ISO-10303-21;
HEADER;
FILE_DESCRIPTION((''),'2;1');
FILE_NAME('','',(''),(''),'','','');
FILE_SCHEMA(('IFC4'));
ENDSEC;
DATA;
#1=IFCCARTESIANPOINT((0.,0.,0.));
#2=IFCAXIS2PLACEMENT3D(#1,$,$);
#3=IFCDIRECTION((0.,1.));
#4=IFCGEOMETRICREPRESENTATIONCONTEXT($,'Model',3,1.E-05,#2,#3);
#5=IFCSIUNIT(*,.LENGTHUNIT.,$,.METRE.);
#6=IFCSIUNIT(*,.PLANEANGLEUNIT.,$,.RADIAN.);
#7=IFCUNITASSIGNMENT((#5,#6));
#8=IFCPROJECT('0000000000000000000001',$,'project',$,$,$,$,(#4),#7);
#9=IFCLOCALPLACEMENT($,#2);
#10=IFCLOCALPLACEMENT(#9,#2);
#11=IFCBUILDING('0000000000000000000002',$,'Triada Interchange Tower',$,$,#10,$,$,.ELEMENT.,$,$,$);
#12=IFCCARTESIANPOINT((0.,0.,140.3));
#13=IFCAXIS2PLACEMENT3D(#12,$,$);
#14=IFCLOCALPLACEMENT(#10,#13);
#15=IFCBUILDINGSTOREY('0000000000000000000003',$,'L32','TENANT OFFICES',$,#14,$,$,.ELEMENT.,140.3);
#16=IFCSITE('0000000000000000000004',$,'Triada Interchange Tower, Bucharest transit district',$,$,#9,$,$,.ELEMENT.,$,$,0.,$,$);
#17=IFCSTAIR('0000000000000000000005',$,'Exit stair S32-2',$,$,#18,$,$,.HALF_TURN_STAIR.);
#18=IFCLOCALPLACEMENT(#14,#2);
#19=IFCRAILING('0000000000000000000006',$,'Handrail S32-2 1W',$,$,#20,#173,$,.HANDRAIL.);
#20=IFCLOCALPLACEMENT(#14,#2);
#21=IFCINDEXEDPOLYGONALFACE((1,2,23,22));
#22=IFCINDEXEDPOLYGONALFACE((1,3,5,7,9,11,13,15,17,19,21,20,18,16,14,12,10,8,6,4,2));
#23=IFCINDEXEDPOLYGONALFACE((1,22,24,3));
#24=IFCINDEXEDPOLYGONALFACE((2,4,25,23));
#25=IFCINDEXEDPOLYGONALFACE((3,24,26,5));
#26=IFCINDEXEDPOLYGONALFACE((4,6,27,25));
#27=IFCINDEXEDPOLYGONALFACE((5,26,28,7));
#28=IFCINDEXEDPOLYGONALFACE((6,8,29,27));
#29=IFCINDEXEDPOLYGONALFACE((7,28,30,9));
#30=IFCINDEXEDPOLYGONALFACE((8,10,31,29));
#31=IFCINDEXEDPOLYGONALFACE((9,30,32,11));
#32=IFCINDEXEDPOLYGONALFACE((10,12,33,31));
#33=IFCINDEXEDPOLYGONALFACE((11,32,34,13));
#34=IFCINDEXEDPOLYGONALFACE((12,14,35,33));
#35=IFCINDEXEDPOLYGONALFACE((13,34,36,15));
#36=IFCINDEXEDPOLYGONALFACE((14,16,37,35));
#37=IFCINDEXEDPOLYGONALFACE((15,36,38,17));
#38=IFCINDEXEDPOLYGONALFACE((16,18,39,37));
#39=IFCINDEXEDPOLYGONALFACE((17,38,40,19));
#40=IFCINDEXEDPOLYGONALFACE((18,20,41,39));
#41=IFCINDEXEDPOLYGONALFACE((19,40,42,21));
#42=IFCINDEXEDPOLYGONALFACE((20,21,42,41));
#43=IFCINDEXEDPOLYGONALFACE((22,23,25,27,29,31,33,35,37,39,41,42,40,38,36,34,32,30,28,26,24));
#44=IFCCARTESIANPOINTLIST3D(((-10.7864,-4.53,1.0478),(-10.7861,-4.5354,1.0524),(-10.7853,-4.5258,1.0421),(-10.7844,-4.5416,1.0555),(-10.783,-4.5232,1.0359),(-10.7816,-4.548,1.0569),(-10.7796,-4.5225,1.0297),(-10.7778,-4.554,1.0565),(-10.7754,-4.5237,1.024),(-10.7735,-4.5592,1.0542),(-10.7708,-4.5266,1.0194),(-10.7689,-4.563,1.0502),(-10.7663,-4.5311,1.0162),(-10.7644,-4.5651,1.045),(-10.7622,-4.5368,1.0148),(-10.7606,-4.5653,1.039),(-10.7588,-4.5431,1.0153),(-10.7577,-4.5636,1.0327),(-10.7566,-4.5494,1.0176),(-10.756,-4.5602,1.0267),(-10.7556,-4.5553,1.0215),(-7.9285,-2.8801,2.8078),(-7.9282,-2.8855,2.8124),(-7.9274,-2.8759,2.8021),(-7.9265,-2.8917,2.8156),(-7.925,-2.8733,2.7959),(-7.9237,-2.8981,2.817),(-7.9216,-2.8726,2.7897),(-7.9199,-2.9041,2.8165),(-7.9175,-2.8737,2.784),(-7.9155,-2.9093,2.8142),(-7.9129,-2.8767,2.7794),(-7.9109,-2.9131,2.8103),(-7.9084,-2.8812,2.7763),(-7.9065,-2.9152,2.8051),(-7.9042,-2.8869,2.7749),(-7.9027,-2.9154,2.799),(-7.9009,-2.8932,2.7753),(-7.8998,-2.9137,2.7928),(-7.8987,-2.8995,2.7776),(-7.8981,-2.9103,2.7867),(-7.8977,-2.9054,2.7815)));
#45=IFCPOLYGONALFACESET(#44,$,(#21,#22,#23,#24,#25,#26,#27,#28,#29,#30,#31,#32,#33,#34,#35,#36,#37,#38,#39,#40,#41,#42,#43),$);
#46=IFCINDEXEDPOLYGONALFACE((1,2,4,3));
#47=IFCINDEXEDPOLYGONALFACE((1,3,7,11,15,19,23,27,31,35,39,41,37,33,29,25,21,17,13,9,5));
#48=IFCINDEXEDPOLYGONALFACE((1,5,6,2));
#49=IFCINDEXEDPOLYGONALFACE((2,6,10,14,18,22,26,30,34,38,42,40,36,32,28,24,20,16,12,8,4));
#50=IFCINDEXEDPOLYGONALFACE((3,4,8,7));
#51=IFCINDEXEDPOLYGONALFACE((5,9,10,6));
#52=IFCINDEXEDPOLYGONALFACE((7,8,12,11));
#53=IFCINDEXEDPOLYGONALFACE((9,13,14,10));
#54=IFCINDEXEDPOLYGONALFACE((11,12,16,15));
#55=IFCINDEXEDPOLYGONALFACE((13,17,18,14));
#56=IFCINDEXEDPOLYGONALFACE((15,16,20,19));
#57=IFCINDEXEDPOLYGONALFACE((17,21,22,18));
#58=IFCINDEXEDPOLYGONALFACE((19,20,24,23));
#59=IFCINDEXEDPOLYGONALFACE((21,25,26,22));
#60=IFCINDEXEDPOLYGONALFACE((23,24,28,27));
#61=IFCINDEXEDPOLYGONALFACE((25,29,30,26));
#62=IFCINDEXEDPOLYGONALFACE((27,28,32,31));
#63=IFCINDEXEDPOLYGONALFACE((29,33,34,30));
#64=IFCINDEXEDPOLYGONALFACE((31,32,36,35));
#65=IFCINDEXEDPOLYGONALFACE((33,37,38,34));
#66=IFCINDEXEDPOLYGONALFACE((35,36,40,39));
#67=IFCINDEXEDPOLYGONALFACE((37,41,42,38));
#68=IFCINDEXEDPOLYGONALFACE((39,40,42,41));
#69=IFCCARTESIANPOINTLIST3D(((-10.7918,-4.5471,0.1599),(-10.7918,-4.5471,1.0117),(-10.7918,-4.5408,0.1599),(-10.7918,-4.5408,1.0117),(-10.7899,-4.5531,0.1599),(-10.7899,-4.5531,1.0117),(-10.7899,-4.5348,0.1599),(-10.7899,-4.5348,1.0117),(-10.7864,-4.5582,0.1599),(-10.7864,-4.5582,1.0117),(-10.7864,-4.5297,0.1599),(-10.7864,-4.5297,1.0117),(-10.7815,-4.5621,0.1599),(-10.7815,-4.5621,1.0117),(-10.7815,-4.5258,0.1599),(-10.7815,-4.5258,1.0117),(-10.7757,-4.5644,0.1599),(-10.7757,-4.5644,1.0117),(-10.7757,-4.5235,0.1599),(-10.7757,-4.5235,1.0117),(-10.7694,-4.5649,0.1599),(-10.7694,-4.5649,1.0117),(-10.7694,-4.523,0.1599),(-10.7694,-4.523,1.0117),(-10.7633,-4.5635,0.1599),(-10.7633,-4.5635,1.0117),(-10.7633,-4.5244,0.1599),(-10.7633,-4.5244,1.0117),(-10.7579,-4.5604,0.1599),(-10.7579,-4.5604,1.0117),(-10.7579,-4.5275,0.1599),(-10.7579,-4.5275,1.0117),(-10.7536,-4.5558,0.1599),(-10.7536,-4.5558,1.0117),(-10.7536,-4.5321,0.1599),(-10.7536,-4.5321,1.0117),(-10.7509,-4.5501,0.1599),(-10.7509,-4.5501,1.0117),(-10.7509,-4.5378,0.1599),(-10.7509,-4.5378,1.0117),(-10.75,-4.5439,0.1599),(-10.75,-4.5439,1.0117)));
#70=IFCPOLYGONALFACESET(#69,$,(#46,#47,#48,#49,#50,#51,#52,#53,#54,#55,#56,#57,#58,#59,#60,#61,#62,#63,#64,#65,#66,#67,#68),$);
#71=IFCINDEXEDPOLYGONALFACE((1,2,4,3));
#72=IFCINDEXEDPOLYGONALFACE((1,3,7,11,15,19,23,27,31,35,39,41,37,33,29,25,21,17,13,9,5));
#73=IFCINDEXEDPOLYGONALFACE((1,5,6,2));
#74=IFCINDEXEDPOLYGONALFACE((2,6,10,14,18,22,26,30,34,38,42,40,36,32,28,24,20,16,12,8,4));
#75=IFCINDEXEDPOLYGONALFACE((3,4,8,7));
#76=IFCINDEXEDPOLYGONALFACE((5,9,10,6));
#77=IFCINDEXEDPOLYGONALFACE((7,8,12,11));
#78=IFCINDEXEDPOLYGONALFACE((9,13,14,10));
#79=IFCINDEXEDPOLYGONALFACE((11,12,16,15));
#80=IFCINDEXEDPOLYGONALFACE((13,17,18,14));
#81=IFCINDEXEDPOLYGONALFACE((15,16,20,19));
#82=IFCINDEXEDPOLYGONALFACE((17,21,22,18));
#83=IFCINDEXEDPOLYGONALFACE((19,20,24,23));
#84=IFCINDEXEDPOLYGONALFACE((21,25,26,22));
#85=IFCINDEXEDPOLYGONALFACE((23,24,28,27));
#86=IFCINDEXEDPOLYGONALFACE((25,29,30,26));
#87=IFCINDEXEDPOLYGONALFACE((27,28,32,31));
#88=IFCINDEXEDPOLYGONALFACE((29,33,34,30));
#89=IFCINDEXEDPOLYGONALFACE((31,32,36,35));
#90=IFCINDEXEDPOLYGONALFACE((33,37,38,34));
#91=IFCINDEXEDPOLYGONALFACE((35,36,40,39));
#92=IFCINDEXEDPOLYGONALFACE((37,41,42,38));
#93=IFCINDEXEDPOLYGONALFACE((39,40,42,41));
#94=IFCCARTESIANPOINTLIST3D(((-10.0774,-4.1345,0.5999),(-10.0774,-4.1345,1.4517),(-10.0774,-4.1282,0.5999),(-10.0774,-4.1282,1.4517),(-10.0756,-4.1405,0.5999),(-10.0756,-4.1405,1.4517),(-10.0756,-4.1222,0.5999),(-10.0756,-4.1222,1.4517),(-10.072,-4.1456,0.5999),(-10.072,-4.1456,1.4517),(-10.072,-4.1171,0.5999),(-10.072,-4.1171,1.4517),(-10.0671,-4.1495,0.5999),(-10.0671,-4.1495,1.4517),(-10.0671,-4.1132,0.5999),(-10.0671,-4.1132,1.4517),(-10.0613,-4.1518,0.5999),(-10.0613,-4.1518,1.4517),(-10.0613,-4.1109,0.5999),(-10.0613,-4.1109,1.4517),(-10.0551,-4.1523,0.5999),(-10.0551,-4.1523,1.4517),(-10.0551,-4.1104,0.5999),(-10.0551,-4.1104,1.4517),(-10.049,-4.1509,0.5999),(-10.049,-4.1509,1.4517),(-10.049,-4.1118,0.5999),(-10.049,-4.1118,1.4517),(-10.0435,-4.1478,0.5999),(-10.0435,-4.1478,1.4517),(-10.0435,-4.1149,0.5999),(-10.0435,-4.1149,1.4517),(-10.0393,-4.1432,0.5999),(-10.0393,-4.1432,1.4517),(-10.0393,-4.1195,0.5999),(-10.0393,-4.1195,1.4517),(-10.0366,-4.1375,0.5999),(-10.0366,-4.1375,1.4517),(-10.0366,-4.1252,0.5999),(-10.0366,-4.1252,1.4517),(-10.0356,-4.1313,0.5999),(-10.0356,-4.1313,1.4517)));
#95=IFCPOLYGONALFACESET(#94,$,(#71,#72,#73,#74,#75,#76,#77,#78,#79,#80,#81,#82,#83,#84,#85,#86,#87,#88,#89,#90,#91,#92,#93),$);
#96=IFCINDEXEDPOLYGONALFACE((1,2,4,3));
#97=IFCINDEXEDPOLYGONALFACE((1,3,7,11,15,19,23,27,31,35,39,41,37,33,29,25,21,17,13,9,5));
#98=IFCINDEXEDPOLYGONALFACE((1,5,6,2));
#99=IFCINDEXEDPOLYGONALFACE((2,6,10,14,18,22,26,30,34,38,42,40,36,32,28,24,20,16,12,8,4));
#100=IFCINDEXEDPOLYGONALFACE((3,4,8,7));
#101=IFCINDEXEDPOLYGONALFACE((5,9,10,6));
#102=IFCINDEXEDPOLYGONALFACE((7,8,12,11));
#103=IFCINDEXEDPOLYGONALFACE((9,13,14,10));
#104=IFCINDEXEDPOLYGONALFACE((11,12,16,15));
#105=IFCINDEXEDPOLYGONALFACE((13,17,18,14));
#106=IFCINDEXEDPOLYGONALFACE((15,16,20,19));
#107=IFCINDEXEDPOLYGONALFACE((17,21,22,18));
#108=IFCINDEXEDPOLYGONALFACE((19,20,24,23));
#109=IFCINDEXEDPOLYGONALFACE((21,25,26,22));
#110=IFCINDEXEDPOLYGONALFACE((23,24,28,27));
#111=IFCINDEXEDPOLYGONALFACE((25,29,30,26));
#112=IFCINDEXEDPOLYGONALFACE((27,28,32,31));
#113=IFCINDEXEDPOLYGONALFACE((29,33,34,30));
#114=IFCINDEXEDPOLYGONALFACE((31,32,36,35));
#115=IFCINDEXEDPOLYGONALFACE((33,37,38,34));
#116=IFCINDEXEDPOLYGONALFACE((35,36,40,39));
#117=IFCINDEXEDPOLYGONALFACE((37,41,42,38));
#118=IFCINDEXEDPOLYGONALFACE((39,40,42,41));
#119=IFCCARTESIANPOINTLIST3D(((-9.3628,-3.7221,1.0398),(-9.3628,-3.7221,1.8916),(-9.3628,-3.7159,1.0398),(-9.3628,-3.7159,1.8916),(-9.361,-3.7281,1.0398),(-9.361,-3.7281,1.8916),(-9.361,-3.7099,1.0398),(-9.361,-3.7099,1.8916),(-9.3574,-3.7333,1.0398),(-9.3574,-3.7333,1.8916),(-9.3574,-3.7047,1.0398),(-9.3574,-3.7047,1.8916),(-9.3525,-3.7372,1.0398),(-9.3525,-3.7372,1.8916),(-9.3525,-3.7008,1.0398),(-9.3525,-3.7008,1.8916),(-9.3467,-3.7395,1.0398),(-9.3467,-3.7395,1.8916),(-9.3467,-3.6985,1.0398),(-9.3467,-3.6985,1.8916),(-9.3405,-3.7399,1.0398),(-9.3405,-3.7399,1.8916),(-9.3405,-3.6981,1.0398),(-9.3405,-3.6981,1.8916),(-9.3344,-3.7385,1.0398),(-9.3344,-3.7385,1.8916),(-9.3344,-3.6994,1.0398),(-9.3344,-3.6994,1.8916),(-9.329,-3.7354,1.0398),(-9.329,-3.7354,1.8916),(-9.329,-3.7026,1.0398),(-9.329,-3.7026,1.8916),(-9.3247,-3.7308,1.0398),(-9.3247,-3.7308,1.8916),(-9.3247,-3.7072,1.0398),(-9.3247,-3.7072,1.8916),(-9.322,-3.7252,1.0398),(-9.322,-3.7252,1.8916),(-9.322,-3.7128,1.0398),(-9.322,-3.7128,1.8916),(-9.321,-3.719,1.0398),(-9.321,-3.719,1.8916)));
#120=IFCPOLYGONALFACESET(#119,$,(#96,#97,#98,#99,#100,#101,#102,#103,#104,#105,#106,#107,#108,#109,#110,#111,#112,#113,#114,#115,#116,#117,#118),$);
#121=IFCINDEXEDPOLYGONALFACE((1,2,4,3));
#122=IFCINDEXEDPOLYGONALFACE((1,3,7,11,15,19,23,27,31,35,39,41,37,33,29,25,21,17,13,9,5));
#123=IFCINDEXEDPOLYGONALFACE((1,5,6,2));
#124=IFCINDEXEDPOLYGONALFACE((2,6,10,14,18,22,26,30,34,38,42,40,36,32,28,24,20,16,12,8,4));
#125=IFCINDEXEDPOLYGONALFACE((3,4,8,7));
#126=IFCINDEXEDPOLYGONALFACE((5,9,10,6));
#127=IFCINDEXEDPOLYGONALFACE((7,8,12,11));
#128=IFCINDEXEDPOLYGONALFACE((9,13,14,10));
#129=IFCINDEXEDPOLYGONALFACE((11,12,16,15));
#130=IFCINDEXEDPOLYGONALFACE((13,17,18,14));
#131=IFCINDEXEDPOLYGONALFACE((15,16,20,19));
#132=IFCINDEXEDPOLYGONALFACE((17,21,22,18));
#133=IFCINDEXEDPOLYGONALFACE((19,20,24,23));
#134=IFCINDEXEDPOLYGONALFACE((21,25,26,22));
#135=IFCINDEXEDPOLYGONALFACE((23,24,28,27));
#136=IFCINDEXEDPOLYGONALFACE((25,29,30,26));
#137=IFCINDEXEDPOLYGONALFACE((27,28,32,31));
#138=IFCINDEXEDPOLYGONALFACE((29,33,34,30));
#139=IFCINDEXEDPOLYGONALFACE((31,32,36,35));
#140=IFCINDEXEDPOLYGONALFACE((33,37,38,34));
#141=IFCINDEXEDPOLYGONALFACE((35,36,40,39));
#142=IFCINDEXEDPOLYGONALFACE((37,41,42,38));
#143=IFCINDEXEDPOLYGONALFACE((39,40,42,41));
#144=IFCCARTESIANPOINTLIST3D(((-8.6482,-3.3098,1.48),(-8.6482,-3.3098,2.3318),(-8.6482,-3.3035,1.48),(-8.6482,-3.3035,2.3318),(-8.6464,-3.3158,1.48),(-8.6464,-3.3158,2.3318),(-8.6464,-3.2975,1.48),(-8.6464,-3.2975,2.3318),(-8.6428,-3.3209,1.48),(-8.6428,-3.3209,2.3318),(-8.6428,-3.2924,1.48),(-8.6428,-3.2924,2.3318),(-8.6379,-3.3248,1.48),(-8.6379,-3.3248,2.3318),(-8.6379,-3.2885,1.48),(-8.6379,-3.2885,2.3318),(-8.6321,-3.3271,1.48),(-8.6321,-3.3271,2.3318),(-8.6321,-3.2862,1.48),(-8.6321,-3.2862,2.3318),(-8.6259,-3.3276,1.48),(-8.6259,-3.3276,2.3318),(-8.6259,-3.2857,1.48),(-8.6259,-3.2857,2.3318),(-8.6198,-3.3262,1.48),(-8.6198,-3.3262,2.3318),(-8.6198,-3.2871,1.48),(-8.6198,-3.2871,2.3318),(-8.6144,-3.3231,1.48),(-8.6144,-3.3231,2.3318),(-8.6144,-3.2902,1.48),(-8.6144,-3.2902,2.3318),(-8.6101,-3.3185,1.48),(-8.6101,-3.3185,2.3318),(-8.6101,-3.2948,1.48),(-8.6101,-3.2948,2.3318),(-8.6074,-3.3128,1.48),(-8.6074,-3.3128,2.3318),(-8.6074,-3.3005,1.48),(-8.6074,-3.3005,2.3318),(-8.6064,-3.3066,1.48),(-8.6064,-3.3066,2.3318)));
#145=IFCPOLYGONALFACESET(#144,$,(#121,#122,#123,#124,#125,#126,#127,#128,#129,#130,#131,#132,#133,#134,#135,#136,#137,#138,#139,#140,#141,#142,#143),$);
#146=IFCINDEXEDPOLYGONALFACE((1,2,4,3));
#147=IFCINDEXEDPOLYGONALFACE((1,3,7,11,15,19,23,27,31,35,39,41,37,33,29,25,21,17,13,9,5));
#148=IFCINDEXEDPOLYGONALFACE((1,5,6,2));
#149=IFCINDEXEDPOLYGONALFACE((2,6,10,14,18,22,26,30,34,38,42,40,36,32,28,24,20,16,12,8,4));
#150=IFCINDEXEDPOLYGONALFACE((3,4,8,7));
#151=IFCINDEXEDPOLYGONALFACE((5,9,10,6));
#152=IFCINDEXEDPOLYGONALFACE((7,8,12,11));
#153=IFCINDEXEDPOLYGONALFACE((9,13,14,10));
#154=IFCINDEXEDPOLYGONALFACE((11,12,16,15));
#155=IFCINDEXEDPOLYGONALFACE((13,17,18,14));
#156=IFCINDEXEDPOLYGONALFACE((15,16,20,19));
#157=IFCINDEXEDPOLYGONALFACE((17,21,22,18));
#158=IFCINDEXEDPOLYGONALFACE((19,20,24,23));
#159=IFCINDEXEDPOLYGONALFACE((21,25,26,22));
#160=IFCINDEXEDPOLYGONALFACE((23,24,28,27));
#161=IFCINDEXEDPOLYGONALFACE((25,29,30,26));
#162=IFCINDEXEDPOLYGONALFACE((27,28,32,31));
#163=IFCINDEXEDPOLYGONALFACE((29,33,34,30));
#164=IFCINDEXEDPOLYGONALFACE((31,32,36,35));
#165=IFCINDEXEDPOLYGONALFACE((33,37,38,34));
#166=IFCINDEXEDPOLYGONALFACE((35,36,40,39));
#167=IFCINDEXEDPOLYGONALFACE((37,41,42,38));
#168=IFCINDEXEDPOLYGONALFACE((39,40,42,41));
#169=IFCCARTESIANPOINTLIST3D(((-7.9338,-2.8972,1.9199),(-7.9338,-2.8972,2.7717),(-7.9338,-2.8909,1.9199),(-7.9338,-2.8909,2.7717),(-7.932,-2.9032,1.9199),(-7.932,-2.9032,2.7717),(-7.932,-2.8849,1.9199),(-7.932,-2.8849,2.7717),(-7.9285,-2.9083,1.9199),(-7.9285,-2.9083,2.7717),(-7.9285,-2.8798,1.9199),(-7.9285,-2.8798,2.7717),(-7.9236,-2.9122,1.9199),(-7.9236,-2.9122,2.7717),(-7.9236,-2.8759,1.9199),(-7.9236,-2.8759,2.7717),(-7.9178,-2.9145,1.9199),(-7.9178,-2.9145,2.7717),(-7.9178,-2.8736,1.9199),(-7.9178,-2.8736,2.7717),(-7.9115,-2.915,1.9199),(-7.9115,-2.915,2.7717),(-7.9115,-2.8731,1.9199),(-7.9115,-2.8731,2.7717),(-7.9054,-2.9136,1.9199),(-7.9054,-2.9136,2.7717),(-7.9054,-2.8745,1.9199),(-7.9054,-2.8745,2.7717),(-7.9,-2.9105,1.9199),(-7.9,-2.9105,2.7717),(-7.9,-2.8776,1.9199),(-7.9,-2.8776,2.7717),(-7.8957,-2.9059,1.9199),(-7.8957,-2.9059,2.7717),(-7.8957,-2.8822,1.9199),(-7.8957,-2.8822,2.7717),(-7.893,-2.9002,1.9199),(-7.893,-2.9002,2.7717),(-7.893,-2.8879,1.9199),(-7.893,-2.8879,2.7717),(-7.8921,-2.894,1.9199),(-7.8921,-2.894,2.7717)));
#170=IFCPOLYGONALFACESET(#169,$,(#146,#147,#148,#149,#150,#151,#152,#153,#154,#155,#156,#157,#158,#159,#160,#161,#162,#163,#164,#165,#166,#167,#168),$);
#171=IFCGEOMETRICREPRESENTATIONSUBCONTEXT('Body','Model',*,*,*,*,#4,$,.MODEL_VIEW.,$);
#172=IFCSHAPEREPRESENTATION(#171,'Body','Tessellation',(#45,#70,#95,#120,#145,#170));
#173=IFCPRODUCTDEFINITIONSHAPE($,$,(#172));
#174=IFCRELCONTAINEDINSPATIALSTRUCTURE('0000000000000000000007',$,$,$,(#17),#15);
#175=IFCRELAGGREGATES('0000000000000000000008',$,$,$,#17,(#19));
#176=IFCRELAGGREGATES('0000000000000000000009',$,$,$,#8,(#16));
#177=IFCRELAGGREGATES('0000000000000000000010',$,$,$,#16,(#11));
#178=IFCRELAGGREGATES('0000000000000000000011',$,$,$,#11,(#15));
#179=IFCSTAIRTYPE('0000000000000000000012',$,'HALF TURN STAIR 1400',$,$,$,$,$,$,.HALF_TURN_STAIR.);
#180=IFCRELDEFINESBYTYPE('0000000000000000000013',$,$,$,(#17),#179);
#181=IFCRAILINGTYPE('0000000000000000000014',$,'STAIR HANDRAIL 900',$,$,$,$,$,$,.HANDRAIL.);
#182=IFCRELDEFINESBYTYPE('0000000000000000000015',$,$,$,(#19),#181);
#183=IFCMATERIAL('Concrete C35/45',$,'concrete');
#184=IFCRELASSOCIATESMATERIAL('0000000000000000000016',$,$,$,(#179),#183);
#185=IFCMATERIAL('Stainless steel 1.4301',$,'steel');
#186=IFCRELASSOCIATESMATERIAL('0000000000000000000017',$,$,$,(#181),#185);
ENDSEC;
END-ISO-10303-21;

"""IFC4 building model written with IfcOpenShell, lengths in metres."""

from ifc_helpers import new_model, si_unit, direction, frame, origin, origin_2d, place, context, subcontext, project, spatial, circle, extrude, material, type_object, element, aggregate, save


model = new_model("IFC4")

# Units and contexts
model_context = context("Model", 3, precision=1e-05, world=origin(), true_north=direction((0.0, 1.0)))
body_context = subcontext(model_context, "Body", "Model", "MODEL_VIEW")
ifc_project = project(units=[si_unit("LENGTHUNIT", "METRE"), si_unit("PLANEANGLEUNIT", "RADIAN")], contexts=[model_context])

# Site, building, storey
site_placement = place(None, origin())
site = spatial("IfcSite", under=ifc_project, at=site_placement, Name="Triada Interchange Tower, Bucharest transit district", CompositionType="ELEMENT", RefElevation=0.0)
building_placement = place(site_placement, origin())
building = spatial("IfcBuilding", under=site, at=building_placement, Name="Triada Interchange Tower", CompositionType="ELEMENT")
storey_placement = place(building_placement, frame((0.0, 0.0, 140.3)))
storey = spatial("IfcBuildingStorey", under=building, at=storey_placement, Name="L32", Description="TENANT OFFICES", CompositionType="ELEMENT", Elevation=140.3)

# Stair, railing
ifc_material_1 = material(Name="Concrete C35/45", Category="concrete")
stair_type = type_object("IfcStairType", Name="HALF TURN STAIR 1400", PredefinedType="HALF_TURN_STAIR", material=ifc_material_1)
stair_placement = place(storey_placement, origin())
stair = element("IfcStair", 1, at=stair_placement, inside=storey, type_object=stair_type, Name="Exit stair S32-2", PredefinedType="HALF_TURN_STAIR")
ifc_material_2 = material(Name="Stainless steel 1.4301", Category="steel")
railing_type = type_object("IfcRailingType", Name="STAIR HANDRAIL 900", PredefinedType="HANDRAIL", material=ifc_material_2)
railing_1_placement = place(storey_placement, frame((-10.771, -4.5439, 0.1599)))
railing_1 = element("IfcRailing", 2, at=railing_1_placement, type_object=railing_type, Name="Handrail S32-2 1W", PredefinedType="HANDRAIL", context=body_context, shape_type="SweptSolid", body=[
    extrude(circle(Radius=0.0239, at=origin_2d()), frame((0.0, 0.0, 0.876), z_axis=(0.764151, 0.441153, 0.470593), x_axis=(-0.499974, 0.86604, 0.0)), (0.0, 0.0, 1.0), 3.74),
    extrude(circle(Radius=0.021, at=origin_2d()), origin(), (0.0, 0.0, 1.0), 0.8518),
    extrude(circle(Radius=0.021, at=origin_2d()), frame((0.7144, 0.4126, 0.4399)), (0.0, 0.0, 1.0), 0.8518),
    extrude(circle(Radius=0.021, at=origin_2d()), frame((1.429, 0.825, 0.8799)), (0.0, 0.0, 1.0), 0.8518),
    extrude(circle(Radius=0.021, at=origin_2d()), frame((2.1436, 1.2373, 1.3201)), (0.0, 0.0, 1.0), 0.8518),
    extrude(circle(Radius=0.021, at=origin_2d()), frame((2.8579, 1.6499, 1.76)), (0.0, 0.0, 1.0), 0.8518),
])
aggregate(stair, [railing_1])

save(model, "model.ifc")
